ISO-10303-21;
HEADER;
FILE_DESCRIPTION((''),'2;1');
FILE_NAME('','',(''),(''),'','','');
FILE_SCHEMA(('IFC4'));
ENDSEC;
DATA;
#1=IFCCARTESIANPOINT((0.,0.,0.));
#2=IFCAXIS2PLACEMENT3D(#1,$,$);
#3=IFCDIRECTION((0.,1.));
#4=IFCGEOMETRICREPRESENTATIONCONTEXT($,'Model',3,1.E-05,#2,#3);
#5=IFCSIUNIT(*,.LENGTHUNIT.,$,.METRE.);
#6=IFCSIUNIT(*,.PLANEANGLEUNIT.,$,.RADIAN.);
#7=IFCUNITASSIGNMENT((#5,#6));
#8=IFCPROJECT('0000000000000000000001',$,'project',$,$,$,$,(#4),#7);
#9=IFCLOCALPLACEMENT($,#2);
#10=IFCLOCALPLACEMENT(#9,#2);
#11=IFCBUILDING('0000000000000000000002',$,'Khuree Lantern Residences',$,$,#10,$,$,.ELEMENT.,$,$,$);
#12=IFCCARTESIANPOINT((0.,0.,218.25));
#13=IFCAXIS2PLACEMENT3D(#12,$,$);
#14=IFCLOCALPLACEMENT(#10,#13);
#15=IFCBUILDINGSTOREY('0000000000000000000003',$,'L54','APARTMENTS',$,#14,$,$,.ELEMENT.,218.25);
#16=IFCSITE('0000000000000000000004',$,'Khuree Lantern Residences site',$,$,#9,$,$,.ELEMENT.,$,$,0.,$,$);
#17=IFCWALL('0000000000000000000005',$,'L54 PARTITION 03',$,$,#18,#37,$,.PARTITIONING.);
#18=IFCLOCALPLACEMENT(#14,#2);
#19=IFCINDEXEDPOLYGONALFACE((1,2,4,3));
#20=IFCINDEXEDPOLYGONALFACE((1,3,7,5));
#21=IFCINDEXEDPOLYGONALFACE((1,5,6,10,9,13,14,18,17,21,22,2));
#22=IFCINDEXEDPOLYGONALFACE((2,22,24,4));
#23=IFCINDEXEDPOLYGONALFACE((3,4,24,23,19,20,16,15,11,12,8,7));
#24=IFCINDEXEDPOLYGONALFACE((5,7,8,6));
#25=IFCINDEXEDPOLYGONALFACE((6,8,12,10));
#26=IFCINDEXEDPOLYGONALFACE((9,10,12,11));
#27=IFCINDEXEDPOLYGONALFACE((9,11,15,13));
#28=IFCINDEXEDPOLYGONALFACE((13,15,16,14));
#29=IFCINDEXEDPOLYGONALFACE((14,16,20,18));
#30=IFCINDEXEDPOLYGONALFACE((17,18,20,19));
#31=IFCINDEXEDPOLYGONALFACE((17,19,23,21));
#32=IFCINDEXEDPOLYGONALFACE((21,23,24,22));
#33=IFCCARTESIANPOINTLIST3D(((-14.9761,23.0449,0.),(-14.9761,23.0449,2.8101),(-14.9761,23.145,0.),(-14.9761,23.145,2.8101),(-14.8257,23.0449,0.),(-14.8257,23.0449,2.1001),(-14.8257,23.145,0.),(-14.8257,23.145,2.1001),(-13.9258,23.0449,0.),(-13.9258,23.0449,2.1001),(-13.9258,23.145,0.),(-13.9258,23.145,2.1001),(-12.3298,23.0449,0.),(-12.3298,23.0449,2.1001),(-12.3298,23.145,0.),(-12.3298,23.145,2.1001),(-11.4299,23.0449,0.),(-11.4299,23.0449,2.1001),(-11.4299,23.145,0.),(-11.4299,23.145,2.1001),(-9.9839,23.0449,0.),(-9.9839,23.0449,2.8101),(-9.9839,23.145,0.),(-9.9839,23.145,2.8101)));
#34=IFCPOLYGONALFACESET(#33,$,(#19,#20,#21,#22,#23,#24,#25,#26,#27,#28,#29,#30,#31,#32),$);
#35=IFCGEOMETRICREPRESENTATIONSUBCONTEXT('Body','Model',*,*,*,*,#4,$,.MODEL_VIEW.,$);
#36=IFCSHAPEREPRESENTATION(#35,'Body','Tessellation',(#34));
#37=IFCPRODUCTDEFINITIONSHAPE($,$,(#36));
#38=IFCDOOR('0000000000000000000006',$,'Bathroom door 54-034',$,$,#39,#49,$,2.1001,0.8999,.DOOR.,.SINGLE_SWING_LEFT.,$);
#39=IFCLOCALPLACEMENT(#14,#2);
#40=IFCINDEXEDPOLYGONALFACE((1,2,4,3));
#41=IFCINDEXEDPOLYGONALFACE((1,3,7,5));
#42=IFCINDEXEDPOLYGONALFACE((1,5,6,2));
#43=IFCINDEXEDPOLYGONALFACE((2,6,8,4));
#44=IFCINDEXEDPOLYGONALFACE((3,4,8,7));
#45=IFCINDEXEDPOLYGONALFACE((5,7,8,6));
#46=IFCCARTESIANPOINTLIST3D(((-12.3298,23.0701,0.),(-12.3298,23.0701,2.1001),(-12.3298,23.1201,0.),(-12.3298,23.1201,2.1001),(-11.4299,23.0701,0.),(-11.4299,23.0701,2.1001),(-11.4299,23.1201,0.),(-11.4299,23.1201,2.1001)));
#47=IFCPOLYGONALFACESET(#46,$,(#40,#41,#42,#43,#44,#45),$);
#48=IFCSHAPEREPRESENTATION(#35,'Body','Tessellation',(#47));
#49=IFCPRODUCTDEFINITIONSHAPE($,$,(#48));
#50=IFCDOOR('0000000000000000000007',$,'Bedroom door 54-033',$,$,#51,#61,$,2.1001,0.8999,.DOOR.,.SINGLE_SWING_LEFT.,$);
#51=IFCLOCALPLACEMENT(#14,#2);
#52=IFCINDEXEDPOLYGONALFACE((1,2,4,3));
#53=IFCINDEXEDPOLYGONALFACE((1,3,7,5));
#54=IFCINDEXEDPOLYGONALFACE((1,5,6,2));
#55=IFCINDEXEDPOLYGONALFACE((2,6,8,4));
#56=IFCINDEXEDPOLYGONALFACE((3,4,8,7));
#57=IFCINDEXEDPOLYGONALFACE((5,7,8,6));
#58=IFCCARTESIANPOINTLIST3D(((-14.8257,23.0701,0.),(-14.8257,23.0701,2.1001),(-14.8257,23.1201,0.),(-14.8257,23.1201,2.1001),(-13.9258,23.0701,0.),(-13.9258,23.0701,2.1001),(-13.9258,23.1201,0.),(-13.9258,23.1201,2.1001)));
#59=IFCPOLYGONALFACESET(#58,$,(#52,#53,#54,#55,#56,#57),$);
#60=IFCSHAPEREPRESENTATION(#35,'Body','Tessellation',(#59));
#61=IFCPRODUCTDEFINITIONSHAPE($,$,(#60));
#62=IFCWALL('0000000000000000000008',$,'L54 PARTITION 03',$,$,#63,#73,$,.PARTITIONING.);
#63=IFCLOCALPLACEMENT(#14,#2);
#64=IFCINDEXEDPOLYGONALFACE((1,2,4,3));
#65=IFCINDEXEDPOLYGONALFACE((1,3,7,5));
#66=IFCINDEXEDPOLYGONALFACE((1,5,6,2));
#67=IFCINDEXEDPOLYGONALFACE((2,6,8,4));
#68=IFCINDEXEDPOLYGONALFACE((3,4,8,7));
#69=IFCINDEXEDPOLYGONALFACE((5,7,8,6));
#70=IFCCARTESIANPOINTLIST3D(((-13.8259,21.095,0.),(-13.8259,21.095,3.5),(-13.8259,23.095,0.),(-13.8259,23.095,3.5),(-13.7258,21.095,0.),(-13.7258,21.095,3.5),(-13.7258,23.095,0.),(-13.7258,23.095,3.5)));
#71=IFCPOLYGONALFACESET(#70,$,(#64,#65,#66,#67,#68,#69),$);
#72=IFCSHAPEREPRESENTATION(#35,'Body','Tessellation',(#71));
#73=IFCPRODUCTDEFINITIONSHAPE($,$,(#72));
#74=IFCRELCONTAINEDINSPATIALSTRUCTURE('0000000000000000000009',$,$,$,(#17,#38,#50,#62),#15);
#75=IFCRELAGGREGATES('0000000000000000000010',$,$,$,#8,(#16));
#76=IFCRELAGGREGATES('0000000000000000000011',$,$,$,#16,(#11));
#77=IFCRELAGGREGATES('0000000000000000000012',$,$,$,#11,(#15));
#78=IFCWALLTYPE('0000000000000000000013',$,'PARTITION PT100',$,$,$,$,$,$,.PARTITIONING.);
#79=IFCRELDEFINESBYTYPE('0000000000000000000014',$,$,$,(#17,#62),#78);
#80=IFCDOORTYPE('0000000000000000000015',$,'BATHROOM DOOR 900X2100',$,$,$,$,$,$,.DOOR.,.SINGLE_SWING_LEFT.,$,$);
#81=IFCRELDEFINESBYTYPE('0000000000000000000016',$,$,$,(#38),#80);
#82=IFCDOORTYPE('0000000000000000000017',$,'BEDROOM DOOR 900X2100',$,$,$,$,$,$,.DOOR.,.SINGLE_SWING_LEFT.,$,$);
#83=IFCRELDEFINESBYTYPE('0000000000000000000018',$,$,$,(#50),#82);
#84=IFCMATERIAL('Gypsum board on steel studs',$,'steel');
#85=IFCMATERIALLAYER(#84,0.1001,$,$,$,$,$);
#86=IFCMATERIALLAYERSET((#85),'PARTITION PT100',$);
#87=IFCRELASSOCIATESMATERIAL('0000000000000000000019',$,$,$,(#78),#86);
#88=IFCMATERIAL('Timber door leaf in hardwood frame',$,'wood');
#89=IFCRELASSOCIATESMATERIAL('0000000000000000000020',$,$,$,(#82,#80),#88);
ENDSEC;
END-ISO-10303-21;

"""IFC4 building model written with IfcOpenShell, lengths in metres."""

from ifc_helpers import new_model, si_unit, direction, frame, frame_2d, origin, place, context, subcontext, project, spatial, rectangle, extrude, material, layer, layer_set, type_object, element, fill, save


model = new_model("IFC4")

# Units and contexts
model_context = context("Model", 3, precision=1e-05, world=origin(), true_north=direction((0.0, 1.0)))
body_context = subcontext(model_context, "Body", "Model", "MODEL_VIEW")
ifc_project = project(units=[si_unit("LENGTHUNIT", "METRE"), si_unit("PLANEANGLEUNIT", "RADIAN")], contexts=[model_context])

# Site, building, storey
site_placement = place(None, origin())
site = spatial("IfcSite", under=ifc_project, at=site_placement, Name="Khuree Lantern Residences site", CompositionType="ELEMENT", RefElevation=0.0)
building_placement = place(site_placement, origin())
building = spatial("IfcBuilding", under=site, at=building_placement, Name="Khuree Lantern Residences", CompositionType="ELEMENT")
storey_placement = place(building_placement, frame((0.0, 0.0, 218.25)))
storey = spatial("IfcBuildingStorey", under=building, at=storey_placement, Name="L54", Description="APARTMENTS", CompositionType="ELEMENT", Elevation=218.25)

# Shared definitions
ifc_material_1 = material(Name="Gypsum board on steel studs", Category="steel")
ifc_layer_1 = layer(ifc_material_1, 0.1001)
ifc_layer_set_1 = layer_set([ifc_layer_1], Name="PARTITION PT100")
wall_type_1 = type_object("IfcWallType", Name="PARTITION PT100", PredefinedType="PARTITIONING", material=ifc_layer_set_1)

# Shared definitions
ifc_material_2 = material(Name="Timber door leaf in hardwood frame", Category="wood")
door_type_1 = type_object("IfcDoorType", Name="BEDROOM DOOR 900X2100", OperationType="SINGLE_SWING_LEFT", PredefinedType="DOOR", material=ifc_material_2)

# Wall, openings, doors
wall_1_placement = place(storey_placement, frame((-9.9839, 23.095, 0.0), z_axis=(0.0, 0.0, 1.0), x_axis=(-1.0, 0.0, 0.0)))
wall_1 = element("IfcWall", 1, at=wall_1_placement, inside=storey, type_object=wall_type_1, Name="L54 PARTITION 03", PredefinedType="PARTITIONING", context=body_context, shape_type="SweptSolid", body=[
    extrude(rectangle(XDim=4.9922, YDim=0.1001, at=frame_2d((2.4961, 0.0))), origin(), (0.0, 0.0, 1.0), 2.8101),
])
opening_1_placement = place(wall_1_placement, frame((3.9419, 0.0, 0.0)))
opening_1 = element("IfcOpeningElement", 2, at=opening_1_placement, cuts=wall_1, PredefinedType="OPENING", context=body_context, shape_type="SweptSolid", body=[
    extrude(rectangle(XDim=0.8999, YDim=2.1001, at=frame_2d((0.45, 1.05))), frame((0.0, 0.0601, 0.0), z_axis=(0.0, -1.0, 0.0), x_axis=(1.0, 0.0, 0.0)), (0.0, 0.0, 1.0), 0.1201),
])
opening_2_placement = place(wall_1_placement, frame((1.446, 0.0, 0.0)))
opening_2 = element("IfcOpeningElement", 3, at=opening_2_placement, cuts=wall_1, PredefinedType="OPENING", context=body_context, shape_type="SweptSolid", body=[
    extrude(rectangle(XDim=0.8999, YDim=2.1001, at=frame_2d((0.45, 1.05))), frame((0.0, 0.0601, 0.0), z_axis=(0.0, -1.0, 0.0), x_axis=(1.0, 0.0, 0.0)), (0.0, 0.0, 1.0), 0.1201),
])
door_type_2 = type_object("IfcDoorType", Name="BATHROOM DOOR 900X2100", OperationType="SINGLE_SWING_LEFT", PredefinedType="DOOR", material=ifc_material_2)
door_1_placement = place(opening_2_placement, origin())
door_1 = element("IfcDoor", 4, at=door_1_placement, inside=storey, type_object=door_type_2, Name="Bathroom door 54-034", OperationType="SINGLE_SWING_LEFT", OverallHeight=2.1001, OverallWidth=0.8999, PredefinedType="DOOR", context=body_context, shape_type="SweptSolid", body=[
    extrude(rectangle(XDim=0.8999, YDim=2.1001, at=frame_2d((0.45, 1.05))), frame((0.0, 0.0249, 0.0), z_axis=(0.0, -1.0, 0.0), x_axis=(1.0, 0.0, 0.0)), (0.0, 0.0, 1.0), 0.05),
])
fill(opening_2, door_1)
door_2_placement = place(opening_1_placement, origin())
door_2 = element("IfcDoor", 5, at=door_2_placement, inside=storey, type_object=door_type_1, Name="Bedroom door 54-033", OperationType="SINGLE_SWING_LEFT", OverallHeight=2.1001, OverallWidth=0.8999, PredefinedType="DOOR", context=body_context, shape_type="SweptSolid", body=[
    extrude(rectangle(XDim=0.8999, YDim=2.1001, at=frame_2d((0.45, 1.05))), frame((0.0, 0.0249, 0.0), z_axis=(0.0, -1.0, 0.0), x_axis=(1.0, 0.0, 0.0)), (0.0, 0.0, 1.0), 0.05),
])
fill(opening_1, door_2)

# Wall
wall_2_placement = place(storey_placement, frame((-13.7759, 21.095, 0.0), z_axis=(0.0, 0.0, 1.0), x_axis=(0.0, 1.0, 0.0)))
element("IfcWall", 6, at=wall_2_placement, inside=storey, type_object=wall_type_1, Name="L54 PARTITION 03", PredefinedType="PARTITIONING", context=body_context, shape_type="SweptSolid", body=[
    extrude(rectangle(XDim=2.0, YDim=0.1001, at=frame_2d((1.0, 0.0))), origin(), (0.0, 0.0, 1.0), 3.5),
])

save(model, "model.ifc")
